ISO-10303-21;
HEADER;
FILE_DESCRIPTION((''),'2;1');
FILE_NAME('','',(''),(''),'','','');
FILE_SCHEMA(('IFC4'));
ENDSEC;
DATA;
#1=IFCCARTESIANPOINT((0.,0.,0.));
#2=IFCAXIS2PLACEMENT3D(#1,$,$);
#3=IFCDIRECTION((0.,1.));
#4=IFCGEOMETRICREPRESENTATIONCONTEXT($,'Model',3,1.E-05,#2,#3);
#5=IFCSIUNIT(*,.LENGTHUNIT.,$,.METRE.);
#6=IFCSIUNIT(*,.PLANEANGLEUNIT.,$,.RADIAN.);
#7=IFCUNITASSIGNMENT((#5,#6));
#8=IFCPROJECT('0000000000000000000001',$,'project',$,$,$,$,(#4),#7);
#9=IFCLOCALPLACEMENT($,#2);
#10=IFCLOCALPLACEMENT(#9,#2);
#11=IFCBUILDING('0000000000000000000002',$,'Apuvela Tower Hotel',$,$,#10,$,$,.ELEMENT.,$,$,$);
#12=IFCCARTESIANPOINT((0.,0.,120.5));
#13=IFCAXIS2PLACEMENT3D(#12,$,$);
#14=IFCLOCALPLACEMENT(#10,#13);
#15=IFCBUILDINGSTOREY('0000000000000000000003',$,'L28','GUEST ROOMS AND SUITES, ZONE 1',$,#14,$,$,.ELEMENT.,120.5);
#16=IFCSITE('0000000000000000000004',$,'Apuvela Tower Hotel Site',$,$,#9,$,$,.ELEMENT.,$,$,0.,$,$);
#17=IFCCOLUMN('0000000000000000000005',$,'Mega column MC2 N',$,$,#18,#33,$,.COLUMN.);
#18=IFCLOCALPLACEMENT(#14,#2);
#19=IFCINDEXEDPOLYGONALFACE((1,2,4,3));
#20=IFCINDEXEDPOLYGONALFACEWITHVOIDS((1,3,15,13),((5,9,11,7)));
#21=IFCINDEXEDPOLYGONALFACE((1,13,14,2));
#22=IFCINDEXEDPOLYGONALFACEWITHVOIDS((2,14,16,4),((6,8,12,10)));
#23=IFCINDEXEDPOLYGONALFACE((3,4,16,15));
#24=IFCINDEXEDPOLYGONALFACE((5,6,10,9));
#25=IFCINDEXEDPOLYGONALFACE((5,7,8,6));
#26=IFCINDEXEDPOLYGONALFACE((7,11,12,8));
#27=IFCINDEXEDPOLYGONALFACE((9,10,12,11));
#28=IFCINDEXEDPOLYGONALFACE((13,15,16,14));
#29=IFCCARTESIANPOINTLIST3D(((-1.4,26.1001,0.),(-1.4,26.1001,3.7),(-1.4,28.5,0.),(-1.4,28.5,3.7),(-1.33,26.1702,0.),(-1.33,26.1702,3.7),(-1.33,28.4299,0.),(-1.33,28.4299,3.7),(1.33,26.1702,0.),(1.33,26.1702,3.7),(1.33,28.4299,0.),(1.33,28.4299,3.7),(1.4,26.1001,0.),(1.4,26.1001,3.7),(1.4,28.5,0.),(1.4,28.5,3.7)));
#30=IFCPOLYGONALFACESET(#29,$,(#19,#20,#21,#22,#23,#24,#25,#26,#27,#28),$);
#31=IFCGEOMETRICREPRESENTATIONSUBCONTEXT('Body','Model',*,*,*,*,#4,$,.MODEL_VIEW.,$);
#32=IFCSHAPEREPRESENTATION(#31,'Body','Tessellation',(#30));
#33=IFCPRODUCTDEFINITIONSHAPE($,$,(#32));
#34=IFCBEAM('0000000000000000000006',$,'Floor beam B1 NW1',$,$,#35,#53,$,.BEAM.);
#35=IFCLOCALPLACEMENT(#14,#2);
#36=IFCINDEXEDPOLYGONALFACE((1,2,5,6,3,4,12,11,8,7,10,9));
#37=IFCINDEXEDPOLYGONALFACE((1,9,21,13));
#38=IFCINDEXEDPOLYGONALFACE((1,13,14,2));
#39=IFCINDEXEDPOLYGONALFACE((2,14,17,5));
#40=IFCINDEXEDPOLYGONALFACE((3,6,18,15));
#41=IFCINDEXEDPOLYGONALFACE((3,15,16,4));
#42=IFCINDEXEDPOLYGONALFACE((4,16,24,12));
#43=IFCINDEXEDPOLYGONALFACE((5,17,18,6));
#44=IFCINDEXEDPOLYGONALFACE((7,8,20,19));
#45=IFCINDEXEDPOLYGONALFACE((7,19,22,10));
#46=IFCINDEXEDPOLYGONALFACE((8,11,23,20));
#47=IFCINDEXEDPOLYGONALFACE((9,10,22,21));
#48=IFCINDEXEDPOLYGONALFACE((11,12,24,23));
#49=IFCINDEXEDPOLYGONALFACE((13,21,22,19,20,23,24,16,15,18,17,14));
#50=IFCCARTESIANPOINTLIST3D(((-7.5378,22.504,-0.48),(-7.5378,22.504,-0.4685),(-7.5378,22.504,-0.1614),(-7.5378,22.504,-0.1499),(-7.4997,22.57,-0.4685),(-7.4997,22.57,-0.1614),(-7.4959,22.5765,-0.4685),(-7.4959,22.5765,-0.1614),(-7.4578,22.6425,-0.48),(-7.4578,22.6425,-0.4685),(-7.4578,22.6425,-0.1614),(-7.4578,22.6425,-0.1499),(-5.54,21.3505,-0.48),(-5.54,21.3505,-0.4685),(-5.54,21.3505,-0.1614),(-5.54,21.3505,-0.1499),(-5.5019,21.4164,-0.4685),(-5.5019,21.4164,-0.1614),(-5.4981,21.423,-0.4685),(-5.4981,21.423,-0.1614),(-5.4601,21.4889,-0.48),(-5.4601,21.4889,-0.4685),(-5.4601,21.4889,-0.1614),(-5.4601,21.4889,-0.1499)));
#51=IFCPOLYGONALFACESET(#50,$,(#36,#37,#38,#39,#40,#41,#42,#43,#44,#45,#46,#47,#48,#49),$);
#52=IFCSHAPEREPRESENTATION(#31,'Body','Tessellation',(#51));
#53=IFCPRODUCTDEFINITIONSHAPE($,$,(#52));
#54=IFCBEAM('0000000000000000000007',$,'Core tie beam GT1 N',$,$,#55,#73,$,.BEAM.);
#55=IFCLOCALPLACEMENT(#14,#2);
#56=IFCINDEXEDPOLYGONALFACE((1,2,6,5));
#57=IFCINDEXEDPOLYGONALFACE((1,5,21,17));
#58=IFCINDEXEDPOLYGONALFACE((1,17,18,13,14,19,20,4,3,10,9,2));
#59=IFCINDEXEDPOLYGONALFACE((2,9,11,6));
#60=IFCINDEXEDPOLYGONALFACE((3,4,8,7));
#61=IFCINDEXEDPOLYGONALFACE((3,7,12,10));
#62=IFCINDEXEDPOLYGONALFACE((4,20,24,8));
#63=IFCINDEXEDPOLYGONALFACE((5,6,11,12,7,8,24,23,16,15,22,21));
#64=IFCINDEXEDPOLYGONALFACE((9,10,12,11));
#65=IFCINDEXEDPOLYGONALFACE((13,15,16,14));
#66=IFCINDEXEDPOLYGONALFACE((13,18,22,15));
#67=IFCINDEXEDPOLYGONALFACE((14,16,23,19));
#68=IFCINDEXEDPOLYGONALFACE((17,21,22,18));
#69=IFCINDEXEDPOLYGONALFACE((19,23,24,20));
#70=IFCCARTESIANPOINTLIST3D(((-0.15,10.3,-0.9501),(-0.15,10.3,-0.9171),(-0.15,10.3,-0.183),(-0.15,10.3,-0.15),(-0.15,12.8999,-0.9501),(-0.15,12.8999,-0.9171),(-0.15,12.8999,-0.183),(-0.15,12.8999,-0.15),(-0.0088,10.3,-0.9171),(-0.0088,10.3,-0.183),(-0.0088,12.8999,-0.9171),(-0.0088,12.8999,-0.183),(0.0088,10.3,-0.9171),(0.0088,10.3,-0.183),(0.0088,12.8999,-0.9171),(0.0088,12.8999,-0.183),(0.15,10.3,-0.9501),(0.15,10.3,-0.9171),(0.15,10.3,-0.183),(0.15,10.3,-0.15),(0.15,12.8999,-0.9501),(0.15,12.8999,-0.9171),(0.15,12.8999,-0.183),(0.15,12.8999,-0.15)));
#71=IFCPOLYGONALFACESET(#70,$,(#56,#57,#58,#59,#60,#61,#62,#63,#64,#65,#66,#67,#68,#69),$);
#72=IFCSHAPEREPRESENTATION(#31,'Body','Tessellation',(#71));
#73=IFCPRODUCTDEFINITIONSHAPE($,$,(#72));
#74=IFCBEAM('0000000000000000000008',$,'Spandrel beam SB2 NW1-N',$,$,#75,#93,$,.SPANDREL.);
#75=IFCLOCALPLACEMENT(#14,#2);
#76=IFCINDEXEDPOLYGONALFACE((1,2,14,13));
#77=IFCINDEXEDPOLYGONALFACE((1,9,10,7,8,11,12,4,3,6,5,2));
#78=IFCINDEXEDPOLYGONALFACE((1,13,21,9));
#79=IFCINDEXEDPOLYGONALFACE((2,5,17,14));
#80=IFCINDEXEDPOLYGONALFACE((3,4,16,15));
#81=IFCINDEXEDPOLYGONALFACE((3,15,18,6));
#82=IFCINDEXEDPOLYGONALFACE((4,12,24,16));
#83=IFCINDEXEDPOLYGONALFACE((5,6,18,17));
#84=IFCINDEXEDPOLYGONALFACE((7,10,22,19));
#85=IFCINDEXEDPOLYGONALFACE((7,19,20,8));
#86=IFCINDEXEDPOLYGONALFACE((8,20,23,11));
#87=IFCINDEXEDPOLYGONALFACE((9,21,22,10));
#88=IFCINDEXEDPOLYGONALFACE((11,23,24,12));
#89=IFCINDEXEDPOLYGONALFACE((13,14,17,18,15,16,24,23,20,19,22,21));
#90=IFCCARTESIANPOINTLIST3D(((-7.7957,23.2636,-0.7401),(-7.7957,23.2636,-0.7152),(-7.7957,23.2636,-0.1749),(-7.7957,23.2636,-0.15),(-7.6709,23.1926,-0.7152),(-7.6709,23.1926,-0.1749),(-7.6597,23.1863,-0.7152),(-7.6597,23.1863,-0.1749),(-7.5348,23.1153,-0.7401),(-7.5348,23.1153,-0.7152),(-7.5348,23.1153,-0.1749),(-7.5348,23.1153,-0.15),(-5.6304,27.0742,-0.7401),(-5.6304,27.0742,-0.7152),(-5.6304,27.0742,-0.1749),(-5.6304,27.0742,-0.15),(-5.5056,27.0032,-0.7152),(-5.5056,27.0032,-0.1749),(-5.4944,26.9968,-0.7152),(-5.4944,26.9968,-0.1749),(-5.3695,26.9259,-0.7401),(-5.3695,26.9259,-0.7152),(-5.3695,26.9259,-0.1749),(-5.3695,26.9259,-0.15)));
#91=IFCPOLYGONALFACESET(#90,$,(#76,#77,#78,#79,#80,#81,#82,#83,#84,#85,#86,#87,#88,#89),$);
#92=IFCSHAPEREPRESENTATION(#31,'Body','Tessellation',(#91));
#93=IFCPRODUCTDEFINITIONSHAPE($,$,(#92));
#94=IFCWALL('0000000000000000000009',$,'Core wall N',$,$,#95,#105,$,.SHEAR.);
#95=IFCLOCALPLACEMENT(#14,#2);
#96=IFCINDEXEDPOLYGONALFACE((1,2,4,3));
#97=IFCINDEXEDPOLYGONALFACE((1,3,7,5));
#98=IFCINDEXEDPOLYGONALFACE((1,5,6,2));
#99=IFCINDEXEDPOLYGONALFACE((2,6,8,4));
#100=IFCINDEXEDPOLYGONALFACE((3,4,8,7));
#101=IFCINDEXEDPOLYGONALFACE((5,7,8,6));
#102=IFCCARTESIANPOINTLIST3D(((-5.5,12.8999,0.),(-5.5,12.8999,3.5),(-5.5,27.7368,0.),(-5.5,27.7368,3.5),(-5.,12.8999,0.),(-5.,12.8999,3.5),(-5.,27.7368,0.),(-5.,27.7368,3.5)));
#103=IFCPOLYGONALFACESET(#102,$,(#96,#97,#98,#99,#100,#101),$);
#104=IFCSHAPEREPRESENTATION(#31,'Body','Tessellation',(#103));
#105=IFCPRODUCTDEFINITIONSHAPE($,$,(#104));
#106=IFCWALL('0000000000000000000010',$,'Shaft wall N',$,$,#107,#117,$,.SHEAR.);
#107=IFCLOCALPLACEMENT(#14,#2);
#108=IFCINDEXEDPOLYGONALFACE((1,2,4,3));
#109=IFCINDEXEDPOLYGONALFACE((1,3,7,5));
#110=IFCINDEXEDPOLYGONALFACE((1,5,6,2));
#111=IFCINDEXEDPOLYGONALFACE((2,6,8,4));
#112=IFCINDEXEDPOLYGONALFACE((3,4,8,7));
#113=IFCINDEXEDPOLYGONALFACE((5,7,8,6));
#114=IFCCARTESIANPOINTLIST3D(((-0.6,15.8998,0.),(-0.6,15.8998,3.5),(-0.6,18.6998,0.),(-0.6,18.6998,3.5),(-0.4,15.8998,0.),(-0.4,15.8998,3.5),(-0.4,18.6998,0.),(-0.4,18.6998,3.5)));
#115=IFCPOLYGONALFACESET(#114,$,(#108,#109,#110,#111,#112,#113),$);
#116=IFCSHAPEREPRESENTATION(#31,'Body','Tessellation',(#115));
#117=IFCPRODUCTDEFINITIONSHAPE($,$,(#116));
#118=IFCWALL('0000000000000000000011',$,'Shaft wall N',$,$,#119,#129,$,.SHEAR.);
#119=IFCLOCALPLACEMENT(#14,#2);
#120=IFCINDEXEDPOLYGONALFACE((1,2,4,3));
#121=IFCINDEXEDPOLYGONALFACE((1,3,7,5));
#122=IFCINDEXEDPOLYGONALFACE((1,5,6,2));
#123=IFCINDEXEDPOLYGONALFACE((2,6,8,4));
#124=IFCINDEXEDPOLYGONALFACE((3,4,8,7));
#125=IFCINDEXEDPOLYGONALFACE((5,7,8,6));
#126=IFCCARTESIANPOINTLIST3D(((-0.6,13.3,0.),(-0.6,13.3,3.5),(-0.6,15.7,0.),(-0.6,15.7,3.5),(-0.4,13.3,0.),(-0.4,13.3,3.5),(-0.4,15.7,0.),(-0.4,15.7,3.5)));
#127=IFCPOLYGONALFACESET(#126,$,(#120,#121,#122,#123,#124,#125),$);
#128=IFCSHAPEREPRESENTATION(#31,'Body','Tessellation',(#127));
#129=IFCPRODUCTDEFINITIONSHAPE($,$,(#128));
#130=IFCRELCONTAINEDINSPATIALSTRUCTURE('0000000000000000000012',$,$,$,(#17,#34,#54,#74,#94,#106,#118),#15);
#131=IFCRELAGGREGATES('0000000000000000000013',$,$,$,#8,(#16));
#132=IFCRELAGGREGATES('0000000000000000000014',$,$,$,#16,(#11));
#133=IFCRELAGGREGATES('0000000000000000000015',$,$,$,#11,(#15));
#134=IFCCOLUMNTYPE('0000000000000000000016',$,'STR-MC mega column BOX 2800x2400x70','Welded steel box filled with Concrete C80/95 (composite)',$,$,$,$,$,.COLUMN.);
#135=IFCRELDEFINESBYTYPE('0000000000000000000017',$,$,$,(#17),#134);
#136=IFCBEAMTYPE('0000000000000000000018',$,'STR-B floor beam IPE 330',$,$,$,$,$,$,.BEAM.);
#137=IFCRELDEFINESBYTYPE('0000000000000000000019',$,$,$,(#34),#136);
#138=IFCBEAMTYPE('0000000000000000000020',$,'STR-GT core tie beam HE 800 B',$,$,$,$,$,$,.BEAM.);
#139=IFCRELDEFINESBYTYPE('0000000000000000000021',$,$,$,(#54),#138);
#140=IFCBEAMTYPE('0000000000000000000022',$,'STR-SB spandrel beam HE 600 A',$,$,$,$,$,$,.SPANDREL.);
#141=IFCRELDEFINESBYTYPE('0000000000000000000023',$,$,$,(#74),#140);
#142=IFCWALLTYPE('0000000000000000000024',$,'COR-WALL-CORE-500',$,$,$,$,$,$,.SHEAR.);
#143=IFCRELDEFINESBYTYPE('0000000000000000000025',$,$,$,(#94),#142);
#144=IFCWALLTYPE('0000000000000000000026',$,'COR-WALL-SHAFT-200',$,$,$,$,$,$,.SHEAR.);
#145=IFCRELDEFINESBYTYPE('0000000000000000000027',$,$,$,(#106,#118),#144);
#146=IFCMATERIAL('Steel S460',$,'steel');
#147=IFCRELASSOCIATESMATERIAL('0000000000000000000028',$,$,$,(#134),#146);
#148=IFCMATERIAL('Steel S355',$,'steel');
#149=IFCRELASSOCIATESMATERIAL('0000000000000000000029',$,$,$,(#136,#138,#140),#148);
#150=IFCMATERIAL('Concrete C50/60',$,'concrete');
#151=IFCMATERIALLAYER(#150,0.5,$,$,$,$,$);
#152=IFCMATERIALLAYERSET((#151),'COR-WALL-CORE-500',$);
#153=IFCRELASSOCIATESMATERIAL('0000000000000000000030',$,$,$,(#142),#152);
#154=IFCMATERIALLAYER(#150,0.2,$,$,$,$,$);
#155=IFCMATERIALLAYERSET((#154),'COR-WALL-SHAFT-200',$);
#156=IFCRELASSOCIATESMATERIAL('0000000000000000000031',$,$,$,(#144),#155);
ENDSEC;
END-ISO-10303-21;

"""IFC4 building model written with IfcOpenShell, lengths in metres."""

from ifc_helpers import new_model, si_unit, direction, frame, frame_2d, origin, origin_2d, place, context, subcontext, project, spatial, rectangle, hollow_rectangle, i_section, extrude, material, layer, layer_set, material_profile, profile_set, type_object, element, save


model = new_model("IFC4")

# Units and contexts
model_context = context("Model", 3, precision=1e-05, world=origin(), true_north=direction((0.0, 1.0)))
body_context = subcontext(model_context, "Body", "Model", "MODEL_VIEW")
ifc_project = project(units=[si_unit("LENGTHUNIT", "METRE"), si_unit("PLANEANGLEUNIT", "RADIAN")], contexts=[model_context])

# Site, building, storey
site_placement = place(None, origin())
site = spatial("IfcSite", under=ifc_project, at=site_placement, Name="Apuvela Tower Hotel Site", CompositionType="ELEMENT", RefElevation=0.0)
building_placement = place(site_placement, origin())
building = spatial("IfcBuilding", under=site, at=building_placement, Name="Apuvela Tower Hotel", CompositionType="ELEMENT")
storey_placement = place(building_placement, frame((0.0, 0.0, 120.5)))
storey = spatial("IfcBuildingStorey", under=building, at=storey_placement, Name="L28", Description="GUEST ROOMS AND SUITES, ZONE 1", CompositionType="ELEMENT", Elevation=120.5)

# Column
ifc_material_1 = material(Name="Steel S460", Category="steel")
ifc_material_profile_1 = material_profile(ifc_material_1, hollow_rectangle(XDim=2.8, YDim=2.3999, WallThickness=0.0701, at=origin_2d()), Name="BOX 2800x2400x70")
ifc_material_2 = material(Name="Concrete C80/95", Category="concrete")
ifc_material_profile_2 = material_profile(ifc_material_2, rectangle(XDim=2.6599, YDim=2.26, at=origin_2d()), Name="Concrete C80/95 infill")
ifc_profile_set_1 = profile_set([ifc_material_profile_1, ifc_material_profile_2], Name="Steel S460")
column_type = type_object("IfcColumnType", Name="STR-MC mega column BOX 2800x2400x70", Description="Welded steel box filled with Concrete C80/95 (composite)", PredefinedType="COLUMN", material=ifc_profile_set_1)
column_placement = place(storey_placement, frame((0.0, 27.3, 0.0), z_axis=(0.0, 0.0, 1.0), x_axis=(1.0, 0.0, 0.0)))
element("IfcColumn", 1, at=column_placement, inside=storey, type_object=column_type, Name="Mega column MC2 N", PredefinedType="COLUMN", context=body_context, shape_type="SweptSolid", body=[
    extrude(hollow_rectangle(XDim=2.8, YDim=2.3999, WallThickness=0.0701, at=origin_2d()), origin(), (0.0, 0.0, 1.0), 3.7),
])

# Beams
ifc_material_3 = material(Name="Steel S355", Category="steel")
ifc_material_profile_3 = material_profile(ifc_material_3, i_section(OverallWidth=0.1599, OverallDepth=0.3301, WebThickness=0.0076, FlangeThickness=0.0115, at=origin_2d()), Name="IPE 330")
ifc_profile_set_2 = profile_set([ifc_material_profile_3], Name="Steel S355")
beam_type_1 = type_object("IfcBeamType", Name="STR-B floor beam IPE 330", PredefinedType="BEAM", material=ifc_profile_set_2)
beam_1_placement = place(storey_placement, frame((-7.4978, 22.5732, -0.3149), z_axis=(0.866001, -0.500043, 0.0), x_axis=(0.500043, 0.866001, 0.0)))
element("IfcBeam", 2, at=beam_1_placement, inside=storey, type_object=beam_type_1, Name="Floor beam B1 NW1", PredefinedType="BEAM", context=body_context, shape_type="SweptSolid", body=[
    extrude(i_section(OverallWidth=0.1599, OverallDepth=0.3301, WebThickness=0.0076, FlangeThickness=0.0115, at=origin_2d()), origin(), (0.0, 0.0, 1.0), 2.3069),
])
ifc_material_profile_4 = material_profile(ifc_material_3, i_section(OverallWidth=0.3, OverallDepth=0.8, WebThickness=0.0176, FlangeThickness=0.033, at=origin_2d()), Name="HE 800 B")
ifc_profile_set_3 = profile_set([ifc_material_profile_4], Name="Steel S355")
beam_type_2 = type_object("IfcBeamType", Name="STR-GT core tie beam HE 800 B", PredefinedType="BEAM", material=ifc_profile_set_3)
beam_2_placement = place(storey_placement, frame((0.0, 12.8999, -0.55), z_axis=(0.0, -1.0, 0.0), x_axis=(1.0, 0.0, 0.0)))
element("IfcBeam", 3, at=beam_2_placement, inside=storey, type_object=beam_type_2, Name="Core tie beam GT1 N", PredefinedType="BEAM", context=body_context, shape_type="SweptSolid", body=[
    extrude(i_section(OverallWidth=0.3, OverallDepth=0.8, WebThickness=0.0176, FlangeThickness=0.033, at=origin_2d()), origin(), (0.0, 0.0, 1.0), 2.5999),
])
ifc_material_profile_5 = material_profile(ifc_material_3, i_section(OverallWidth=0.3, OverallDepth=0.5901, WebThickness=0.0129, FlangeThickness=0.0249, at=origin_2d()), Name="HE 600 A")
ifc_profile_set_4 = profile_set([ifc_material_profile_5], Name="Steel S355")
beam_type_3 = type_object("IfcBeamType", Name="STR-SB spandrel beam HE 600 A", PredefinedType="SPANDREL", material=ifc_profile_set_4)
beam_3_placement = place(storey_placement, frame((-7.6653, 23.1895, -0.4451), z_axis=(0.494044, 0.869437, 0.0), x_axis=(-0.869437, 0.494044, 0.0)))
element("IfcBeam", 4, at=beam_3_placement, inside=storey, type_object=beam_type_3, Name="Spandrel beam SB2 NW1-N", PredefinedType="SPANDREL", context=body_context, shape_type="SweptSolid", body=[
    extrude(i_section(OverallWidth=0.3, OverallDepth=0.5901, WebThickness=0.0129, FlangeThickness=0.0249, at=origin_2d()), origin(), (0.0, 0.0, 1.0), 4.3828),
])

# Walls
ifc_material_4 = material(Name="Concrete C50/60", Category="concrete")
ifc_layer_1 = layer(ifc_material_4, 0.5)
ifc_layer_set_1 = layer_set([ifc_layer_1], Name="COR-WALL-CORE-500")
wall_type_1 = type_object("IfcWallType", Name="COR-WALL-CORE-500", PredefinedType="SHEAR", material=ifc_layer_set_1)
wall_1_placement = place(storey_placement, frame((-5.25, 12.8999, 0.0), z_axis=(0.0, 0.0, 1.0), x_axis=(0.0, 1.0, 0.0)))
element("IfcWall", 5, at=wall_1_placement, inside=storey, type_object=wall_type_1, Name="Core wall N", PredefinedType="SHEAR", context=body_context, shape_type="SweptSolid", body=[
    extrude(rectangle(XDim=14.8369, YDim=0.5, at=frame_2d((7.4185, 0.0))), origin(), (0.0, 0.0, 1.0), 3.5),
])
ifc_layer_2 = layer(ifc_material_4, 0.2)
ifc_layer_set_2 = layer_set([ifc_layer_2], Name="COR-WALL-SHAFT-200")
wall_type_2 = type_object("IfcWallType", Name="COR-WALL-SHAFT-200", PredefinedType="SHEAR", material=ifc_layer_set_2)
wall_2_placement = place(storey_placement, frame((-0.5, 15.8999, 0.0), z_axis=(0.0, 0.0, 1.0), x_axis=(0.0, 1.0, 0.0)))
element("IfcWall", 6, at=wall_2_placement, inside=storey, type_object=wall_type_2, Name="Shaft wall N", PredefinedType="SHEAR", context=body_context, shape_type="SweptSolid", body=[
    extrude(rectangle(XDim=2.8, YDim=0.2, at=frame_2d((1.3999, 0.0))), origin(), (0.0, 0.0, 1.0), 3.5),
])
wall_3_placement = place(storey_placement, frame((-0.5, 13.3, 0.0), z_axis=(0.0, 0.0, 1.0), x_axis=(0.0, 1.0, 0.0)))
element("IfcWall", 7, at=wall_3_placement, inside=storey, type_object=wall_type_2, Name="Shaft wall N", PredefinedType="SHEAR", context=body_context, shape_type="SweptSolid", body=[
    extrude(rectangle(XDim=2.3999, YDim=0.2, at=frame_2d((1.2, 0.0))), origin(), (0.0, 0.0, 1.0), 3.5),
])

save(model, "model.ifc")
